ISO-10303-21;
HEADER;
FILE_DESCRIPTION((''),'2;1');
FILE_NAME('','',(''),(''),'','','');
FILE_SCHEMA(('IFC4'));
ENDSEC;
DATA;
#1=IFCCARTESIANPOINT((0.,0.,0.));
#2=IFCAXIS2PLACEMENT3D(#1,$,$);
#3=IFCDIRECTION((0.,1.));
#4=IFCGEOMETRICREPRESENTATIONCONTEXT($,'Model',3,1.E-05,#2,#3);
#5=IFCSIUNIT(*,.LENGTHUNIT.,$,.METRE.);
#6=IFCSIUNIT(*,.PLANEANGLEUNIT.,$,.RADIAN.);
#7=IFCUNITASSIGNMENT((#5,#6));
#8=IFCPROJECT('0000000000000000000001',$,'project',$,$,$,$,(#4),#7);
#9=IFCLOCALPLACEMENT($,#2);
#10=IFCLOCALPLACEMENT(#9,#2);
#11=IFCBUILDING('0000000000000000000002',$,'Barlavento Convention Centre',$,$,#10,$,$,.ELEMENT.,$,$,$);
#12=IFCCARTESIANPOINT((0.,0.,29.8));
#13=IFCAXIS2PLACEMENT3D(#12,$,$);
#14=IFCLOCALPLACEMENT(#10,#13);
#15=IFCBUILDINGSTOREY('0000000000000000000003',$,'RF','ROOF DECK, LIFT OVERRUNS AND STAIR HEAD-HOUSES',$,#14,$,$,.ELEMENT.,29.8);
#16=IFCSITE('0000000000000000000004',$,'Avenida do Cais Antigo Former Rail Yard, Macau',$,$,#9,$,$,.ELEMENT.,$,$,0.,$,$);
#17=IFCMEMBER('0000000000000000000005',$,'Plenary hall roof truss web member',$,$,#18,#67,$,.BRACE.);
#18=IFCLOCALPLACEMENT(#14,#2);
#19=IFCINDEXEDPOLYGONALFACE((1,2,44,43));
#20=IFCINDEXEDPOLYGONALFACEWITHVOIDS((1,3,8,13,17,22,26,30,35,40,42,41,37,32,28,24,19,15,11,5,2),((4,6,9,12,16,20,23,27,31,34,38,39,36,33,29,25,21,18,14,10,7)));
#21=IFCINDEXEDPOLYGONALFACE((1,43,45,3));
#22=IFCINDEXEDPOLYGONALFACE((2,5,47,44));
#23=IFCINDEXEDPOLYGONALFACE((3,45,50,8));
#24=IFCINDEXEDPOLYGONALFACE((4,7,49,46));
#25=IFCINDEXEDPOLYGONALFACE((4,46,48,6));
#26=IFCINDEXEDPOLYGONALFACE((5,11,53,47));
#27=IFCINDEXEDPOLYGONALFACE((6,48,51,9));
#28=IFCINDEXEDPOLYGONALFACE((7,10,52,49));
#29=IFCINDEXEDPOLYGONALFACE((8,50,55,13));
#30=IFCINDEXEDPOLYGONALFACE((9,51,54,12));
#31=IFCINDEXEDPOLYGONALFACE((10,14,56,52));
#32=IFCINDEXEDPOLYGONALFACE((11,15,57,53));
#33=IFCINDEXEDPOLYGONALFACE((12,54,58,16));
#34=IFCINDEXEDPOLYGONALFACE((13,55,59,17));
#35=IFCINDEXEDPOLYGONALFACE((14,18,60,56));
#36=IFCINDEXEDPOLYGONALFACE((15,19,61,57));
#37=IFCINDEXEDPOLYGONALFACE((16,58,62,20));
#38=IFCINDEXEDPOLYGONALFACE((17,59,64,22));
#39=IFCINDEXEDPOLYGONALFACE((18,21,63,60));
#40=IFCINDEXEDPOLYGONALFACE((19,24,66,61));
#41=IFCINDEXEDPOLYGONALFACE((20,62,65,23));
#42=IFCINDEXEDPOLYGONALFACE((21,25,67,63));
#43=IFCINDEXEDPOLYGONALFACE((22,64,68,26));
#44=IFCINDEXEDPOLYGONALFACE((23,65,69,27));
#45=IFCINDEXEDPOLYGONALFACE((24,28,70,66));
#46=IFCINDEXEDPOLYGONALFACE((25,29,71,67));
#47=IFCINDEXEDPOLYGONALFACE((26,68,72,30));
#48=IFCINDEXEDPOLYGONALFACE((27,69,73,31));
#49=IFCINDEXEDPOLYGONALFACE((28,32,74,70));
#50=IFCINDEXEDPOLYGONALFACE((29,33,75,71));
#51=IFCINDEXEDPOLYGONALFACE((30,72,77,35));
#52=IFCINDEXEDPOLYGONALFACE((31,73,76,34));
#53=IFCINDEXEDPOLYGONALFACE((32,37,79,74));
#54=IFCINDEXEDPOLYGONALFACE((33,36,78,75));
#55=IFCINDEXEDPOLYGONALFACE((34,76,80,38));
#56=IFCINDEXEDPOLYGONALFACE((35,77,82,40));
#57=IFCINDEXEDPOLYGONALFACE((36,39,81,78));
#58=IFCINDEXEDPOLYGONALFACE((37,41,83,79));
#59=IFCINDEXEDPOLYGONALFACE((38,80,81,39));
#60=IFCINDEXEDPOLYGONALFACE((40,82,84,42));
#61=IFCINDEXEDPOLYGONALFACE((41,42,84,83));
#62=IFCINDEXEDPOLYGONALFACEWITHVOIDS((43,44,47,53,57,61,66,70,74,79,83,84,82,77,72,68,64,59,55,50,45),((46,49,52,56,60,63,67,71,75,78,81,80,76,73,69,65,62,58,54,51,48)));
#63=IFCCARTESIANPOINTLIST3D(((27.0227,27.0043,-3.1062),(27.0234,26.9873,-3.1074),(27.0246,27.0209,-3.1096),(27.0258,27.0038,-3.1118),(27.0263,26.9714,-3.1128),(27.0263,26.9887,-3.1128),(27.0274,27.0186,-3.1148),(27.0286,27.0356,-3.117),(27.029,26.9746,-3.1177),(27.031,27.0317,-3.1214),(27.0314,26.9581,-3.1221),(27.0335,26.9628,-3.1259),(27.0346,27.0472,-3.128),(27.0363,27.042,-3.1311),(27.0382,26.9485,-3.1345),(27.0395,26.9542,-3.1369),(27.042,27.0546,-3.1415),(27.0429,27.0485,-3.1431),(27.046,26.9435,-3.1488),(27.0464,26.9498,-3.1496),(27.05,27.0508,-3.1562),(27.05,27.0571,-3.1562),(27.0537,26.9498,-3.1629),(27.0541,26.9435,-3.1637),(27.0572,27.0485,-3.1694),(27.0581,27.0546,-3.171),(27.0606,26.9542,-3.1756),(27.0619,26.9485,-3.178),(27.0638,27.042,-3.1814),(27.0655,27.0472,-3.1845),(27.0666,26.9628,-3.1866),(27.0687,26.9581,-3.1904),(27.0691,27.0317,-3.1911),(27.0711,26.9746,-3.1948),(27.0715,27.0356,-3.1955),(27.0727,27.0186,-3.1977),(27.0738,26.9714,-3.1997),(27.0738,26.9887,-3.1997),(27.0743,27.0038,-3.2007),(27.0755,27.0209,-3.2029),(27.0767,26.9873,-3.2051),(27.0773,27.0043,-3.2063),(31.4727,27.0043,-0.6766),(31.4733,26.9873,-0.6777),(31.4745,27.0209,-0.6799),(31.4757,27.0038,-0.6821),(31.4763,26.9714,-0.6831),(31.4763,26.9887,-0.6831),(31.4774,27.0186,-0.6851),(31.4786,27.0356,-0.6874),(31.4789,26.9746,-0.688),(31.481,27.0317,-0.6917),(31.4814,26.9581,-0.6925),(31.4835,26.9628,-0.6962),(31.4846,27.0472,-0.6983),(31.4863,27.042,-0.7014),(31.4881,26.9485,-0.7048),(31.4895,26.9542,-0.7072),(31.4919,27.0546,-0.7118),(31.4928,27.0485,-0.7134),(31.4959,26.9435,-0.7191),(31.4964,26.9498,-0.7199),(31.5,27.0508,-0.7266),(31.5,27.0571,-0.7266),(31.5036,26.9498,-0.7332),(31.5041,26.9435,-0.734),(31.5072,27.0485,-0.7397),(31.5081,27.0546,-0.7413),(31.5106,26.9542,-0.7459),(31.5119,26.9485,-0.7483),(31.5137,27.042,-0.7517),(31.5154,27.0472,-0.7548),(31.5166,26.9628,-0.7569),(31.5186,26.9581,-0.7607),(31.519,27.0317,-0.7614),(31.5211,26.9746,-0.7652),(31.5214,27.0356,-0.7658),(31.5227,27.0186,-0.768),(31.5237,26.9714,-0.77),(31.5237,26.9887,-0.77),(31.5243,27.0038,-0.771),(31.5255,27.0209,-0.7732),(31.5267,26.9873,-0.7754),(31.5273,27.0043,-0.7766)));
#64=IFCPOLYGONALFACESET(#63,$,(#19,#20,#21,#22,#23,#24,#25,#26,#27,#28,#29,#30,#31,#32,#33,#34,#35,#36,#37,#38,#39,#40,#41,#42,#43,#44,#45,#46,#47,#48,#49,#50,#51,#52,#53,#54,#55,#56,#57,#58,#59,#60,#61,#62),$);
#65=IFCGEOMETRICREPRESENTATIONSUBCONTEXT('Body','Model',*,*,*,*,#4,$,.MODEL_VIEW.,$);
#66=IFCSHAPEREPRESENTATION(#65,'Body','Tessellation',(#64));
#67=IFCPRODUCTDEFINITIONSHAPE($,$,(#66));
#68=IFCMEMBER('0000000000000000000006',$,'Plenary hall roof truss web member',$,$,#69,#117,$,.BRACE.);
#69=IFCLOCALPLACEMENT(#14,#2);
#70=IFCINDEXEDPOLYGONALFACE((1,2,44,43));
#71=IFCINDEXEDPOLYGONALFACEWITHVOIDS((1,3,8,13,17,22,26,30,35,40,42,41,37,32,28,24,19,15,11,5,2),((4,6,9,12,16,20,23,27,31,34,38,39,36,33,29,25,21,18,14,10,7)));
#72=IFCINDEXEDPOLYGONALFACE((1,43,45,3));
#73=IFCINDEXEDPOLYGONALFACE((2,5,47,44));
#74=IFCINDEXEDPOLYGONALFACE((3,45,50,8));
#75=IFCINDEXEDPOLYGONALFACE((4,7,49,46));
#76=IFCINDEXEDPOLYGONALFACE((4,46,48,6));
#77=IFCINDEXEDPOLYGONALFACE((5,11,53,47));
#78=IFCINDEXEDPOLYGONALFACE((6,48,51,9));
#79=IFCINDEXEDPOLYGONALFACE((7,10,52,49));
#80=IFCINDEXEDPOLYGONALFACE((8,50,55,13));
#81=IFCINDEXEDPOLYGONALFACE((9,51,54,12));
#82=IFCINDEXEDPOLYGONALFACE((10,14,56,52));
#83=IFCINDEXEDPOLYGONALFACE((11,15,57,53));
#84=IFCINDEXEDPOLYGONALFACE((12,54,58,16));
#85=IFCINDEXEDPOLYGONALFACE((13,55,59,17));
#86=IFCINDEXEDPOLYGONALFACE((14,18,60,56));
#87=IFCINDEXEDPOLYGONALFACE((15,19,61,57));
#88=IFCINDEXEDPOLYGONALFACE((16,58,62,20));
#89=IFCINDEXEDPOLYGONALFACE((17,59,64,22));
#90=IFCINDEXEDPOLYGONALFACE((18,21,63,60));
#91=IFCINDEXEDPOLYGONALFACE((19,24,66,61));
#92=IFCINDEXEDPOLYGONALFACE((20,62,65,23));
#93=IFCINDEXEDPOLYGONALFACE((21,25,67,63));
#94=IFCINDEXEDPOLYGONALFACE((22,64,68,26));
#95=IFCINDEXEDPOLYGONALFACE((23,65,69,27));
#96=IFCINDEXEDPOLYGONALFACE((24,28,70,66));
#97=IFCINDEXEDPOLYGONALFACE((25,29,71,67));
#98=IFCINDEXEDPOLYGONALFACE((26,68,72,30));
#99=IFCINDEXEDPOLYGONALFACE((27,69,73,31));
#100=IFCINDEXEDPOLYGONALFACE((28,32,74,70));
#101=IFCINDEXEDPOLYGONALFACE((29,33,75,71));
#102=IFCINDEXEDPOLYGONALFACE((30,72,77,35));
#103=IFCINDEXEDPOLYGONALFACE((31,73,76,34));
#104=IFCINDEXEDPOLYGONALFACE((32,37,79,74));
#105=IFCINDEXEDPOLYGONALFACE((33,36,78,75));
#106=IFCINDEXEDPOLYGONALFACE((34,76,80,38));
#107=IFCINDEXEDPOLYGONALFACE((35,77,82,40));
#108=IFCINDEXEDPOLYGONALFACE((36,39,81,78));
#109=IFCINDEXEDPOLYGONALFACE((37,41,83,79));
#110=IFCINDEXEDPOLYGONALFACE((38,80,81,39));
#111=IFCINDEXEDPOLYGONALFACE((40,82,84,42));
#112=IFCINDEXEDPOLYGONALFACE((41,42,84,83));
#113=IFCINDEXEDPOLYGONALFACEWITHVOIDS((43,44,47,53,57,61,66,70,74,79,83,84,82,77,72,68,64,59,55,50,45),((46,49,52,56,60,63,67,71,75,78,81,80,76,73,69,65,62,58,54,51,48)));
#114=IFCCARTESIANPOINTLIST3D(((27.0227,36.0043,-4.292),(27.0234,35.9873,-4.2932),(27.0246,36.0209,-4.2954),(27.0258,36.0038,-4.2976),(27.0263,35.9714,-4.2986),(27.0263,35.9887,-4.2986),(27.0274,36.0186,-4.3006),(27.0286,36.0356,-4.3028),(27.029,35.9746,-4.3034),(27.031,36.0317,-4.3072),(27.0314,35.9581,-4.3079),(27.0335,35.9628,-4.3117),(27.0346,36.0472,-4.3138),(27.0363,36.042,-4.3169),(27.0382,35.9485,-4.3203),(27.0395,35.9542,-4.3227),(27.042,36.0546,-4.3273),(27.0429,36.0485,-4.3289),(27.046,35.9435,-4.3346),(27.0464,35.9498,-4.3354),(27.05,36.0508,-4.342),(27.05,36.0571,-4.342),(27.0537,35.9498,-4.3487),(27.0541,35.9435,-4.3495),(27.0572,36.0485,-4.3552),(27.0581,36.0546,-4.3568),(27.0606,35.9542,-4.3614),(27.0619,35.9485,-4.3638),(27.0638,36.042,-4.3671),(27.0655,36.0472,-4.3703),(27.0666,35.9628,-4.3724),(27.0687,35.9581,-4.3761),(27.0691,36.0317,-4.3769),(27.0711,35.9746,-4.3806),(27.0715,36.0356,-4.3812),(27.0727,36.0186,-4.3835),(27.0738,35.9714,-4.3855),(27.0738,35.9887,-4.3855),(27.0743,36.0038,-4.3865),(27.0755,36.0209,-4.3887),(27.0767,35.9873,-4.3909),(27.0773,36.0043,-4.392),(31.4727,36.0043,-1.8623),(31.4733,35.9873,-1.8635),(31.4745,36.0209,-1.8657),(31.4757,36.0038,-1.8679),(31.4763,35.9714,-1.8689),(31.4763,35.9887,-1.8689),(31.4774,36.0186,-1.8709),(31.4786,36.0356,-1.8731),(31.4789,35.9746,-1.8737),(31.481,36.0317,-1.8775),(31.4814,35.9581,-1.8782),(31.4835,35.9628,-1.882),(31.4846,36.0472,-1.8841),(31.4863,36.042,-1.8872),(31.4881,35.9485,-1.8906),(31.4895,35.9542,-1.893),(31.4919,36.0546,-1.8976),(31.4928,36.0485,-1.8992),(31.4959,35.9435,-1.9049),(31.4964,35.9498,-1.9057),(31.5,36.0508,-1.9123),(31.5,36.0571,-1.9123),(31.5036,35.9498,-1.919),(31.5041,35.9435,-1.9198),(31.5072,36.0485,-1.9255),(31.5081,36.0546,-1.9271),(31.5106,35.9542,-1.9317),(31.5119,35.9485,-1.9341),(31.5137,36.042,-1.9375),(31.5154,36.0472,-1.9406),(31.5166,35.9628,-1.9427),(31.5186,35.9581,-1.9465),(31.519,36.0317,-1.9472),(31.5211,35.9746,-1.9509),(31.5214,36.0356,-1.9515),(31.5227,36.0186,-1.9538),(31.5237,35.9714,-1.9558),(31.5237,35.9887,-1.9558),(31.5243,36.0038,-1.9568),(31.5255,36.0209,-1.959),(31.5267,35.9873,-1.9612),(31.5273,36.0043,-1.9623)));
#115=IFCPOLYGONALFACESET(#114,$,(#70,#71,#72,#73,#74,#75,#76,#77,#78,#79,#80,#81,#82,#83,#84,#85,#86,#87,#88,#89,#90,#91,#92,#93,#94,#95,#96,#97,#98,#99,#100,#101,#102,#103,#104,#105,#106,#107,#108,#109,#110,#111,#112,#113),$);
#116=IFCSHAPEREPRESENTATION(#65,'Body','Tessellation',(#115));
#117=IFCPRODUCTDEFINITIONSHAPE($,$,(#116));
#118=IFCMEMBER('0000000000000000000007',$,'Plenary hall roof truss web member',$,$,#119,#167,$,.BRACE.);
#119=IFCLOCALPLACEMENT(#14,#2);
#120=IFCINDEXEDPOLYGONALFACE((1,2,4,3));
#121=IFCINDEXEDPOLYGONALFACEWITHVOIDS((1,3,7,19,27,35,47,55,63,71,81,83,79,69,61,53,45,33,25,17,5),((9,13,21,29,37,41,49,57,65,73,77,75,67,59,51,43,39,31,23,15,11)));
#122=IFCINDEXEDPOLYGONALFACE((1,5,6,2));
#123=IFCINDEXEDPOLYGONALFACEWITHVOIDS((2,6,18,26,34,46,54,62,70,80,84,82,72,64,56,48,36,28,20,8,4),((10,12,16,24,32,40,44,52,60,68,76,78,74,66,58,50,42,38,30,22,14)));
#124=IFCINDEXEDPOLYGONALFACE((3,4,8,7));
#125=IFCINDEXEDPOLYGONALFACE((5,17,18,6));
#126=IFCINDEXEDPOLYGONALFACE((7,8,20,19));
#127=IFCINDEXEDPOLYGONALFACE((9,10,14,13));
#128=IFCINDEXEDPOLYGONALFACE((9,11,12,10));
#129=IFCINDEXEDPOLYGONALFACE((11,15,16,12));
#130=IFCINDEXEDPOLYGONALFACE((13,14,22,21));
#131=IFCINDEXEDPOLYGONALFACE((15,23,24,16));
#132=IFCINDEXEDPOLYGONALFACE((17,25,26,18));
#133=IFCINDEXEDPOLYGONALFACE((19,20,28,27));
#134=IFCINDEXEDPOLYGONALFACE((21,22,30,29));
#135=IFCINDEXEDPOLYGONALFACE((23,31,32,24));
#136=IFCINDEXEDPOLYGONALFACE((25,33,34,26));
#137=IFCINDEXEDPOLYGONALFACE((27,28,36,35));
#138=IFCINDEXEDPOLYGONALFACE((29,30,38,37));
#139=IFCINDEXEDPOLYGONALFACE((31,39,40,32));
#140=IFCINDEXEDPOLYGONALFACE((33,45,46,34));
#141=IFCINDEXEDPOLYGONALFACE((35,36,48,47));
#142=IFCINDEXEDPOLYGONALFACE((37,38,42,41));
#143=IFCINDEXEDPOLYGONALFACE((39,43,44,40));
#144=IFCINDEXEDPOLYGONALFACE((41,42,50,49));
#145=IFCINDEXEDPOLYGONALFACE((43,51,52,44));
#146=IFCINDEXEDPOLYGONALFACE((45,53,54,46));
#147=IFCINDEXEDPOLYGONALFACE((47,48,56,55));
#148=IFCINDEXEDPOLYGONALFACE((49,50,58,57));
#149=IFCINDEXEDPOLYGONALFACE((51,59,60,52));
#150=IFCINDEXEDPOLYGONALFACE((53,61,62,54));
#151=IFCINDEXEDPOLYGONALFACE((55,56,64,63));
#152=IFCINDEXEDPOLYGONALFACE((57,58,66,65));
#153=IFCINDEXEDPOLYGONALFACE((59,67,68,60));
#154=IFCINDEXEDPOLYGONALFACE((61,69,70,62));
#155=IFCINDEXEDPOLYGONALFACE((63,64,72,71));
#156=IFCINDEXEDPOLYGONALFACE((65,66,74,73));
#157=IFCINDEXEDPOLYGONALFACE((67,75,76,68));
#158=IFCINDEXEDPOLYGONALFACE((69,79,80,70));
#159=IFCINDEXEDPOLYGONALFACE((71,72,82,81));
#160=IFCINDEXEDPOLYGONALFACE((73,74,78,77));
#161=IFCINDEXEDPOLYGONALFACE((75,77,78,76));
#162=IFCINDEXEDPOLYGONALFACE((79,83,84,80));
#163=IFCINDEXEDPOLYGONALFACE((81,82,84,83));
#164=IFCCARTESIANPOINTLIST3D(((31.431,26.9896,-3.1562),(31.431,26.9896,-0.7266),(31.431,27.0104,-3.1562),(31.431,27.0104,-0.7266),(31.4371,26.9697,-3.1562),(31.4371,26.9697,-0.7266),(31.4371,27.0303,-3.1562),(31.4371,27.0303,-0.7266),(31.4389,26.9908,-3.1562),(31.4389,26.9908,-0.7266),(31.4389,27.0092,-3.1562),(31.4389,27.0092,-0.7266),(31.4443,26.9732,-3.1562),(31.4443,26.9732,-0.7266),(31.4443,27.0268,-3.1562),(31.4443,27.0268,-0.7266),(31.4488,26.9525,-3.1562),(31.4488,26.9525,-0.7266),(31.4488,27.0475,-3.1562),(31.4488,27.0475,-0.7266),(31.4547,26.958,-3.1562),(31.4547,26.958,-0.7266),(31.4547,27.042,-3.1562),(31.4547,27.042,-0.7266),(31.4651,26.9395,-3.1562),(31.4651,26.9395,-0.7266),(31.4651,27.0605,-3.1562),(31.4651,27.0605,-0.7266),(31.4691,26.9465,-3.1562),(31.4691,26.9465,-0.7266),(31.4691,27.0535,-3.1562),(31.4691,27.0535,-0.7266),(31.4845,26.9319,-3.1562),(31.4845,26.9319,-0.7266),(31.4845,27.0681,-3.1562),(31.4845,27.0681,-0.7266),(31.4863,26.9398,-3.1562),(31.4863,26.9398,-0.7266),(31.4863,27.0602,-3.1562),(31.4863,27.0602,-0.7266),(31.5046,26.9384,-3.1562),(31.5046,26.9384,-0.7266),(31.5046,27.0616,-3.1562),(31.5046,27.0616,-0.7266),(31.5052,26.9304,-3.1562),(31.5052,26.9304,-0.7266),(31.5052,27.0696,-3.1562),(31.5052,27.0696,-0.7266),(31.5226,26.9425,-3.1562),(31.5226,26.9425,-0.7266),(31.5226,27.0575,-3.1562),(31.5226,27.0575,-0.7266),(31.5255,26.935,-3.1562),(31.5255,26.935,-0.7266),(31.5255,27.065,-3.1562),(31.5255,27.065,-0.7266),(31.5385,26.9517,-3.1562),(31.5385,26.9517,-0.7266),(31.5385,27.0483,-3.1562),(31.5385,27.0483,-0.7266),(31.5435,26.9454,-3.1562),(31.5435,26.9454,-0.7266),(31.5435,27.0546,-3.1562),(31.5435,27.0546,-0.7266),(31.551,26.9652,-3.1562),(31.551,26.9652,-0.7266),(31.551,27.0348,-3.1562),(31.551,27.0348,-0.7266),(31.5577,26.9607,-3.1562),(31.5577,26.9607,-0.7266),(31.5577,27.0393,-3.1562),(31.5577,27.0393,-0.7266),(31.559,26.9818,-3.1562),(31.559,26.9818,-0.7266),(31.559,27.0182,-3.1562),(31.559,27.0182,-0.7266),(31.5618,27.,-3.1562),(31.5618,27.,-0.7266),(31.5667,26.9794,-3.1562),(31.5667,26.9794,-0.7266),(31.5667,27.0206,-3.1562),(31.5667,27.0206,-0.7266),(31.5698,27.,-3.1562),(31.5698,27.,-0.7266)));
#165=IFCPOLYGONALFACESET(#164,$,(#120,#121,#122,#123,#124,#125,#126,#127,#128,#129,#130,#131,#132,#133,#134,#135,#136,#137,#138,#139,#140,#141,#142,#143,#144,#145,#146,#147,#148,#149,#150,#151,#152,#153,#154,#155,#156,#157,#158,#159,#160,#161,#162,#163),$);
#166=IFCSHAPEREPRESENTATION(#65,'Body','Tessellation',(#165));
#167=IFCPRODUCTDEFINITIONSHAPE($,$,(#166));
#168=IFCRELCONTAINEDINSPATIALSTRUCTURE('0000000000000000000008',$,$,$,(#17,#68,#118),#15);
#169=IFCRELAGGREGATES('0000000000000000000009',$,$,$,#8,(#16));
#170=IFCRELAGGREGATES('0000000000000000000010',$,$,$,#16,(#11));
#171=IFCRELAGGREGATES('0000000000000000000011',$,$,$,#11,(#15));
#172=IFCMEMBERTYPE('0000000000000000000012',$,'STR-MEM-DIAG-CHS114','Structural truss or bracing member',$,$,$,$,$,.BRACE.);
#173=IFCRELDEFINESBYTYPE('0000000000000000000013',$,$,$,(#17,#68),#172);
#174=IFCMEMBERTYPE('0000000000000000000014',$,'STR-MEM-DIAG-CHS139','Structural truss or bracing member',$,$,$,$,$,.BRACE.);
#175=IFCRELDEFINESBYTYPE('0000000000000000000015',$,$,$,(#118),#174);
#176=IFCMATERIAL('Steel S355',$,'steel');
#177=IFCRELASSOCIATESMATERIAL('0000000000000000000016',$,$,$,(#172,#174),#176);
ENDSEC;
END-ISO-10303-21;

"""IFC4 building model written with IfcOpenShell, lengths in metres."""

from ifc_helpers import new_model, si_unit, direction, frame, origin, origin_2d, place, context, subcontext, project, spatial, hollow_circle, extrude, material, material_profile, profile_set, type_object, element, save


model = new_model("IFC4")

# Units and contexts
model_context = context("Model", 3, precision=1e-05, world=origin(), true_north=direction((0.0, 1.0)))
body_context = subcontext(model_context, "Body", "Model", "MODEL_VIEW")
ifc_project = project(units=[si_unit("LENGTHUNIT", "METRE"), si_unit("PLANEANGLEUNIT", "RADIAN")], contexts=[model_context])

# Site, building, storey
site_placement = place(None, origin())
site = spatial("IfcSite", under=ifc_project, at=site_placement, Name="Avenida do Cais Antigo Former Rail Yard, Macau", CompositionType="ELEMENT", RefElevation=0.0)
building_placement = place(site_placement, origin())
building = spatial("IfcBuilding", under=site, at=building_placement, Name="Barlavento Convention Centre", CompositionType="ELEMENT")
storey_placement = place(building_placement, frame((0.0, 0.0, 29.8)))
storey = spatial("IfcBuildingStorey", under=building, at=storey_placement, Name="RF", Description="ROOF DECK, LIFT OVERRUNS AND STAIR HEAD-HOUSES", CompositionType="ELEMENT", Elevation=29.8)

# Members
ifc_material_1 = material(Name="Steel S355", Category="steel")
ifc_material_profile_1 = material_profile(ifc_material_1, hollow_circle(Radius=0.0571, WallThickness=0.0063, at=origin_2d()), Name="CHS 114.3x6.3")
ifc_profile_set_1 = profile_set([ifc_material_profile_1], Name="Steel S355")
member_type_1 = type_object("IfcMemberType", Name="STR-MEM-DIAG-CHS114", Description="Structural truss or bracing member", PredefinedType="BRACE", material=ifc_profile_set_1)
for number, where, z_axis, x_axis, name in (
    (1, (27.05, 27.0, -3.1562), (0.877693, 0.0, 0.479223), (0.0, 1.0, 0.0), "Plenary hall roof truss web member"),
    (2, (27.05, 36.0, -4.342), (0.877693, 0.0, 0.479223), (0.0, 1.0, 0.0), "Plenary hall roof truss web member"),
):
    element("IfcMember", number, at=place(storey_placement, frame(where, z_axis=z_axis, x_axis=x_axis)), inside=storey, type_object=member_type_1, Name=name, PredefinedType="BRACE", context=body_context, shape_type="SweptSolid", body=[
        extrude(hollow_circle(Radius=0.0571, WallThickness=0.0063, at=origin_2d()), origin(), (0.0, 0.0, 1.0), 5.0701),
    ])
ifc_material_profile_2 = material_profile(ifc_material_1, hollow_circle(Radius=0.0698, WallThickness=0.0081, at=origin_2d()), Name="CHS 139.7x8.0")
ifc_profile_set_2 = profile_set([ifc_material_profile_2], Name="Steel S355")
member_type_2 = type_object("IfcMemberType", Name="STR-MEM-DIAG-CHS139", Description="Structural truss or bracing member", PredefinedType="BRACE", material=ifc_profile_set_2)
member_1_placement = place(storey_placement, frame((31.5, 27.0, -3.1562), z_axis=(0.0, 0.0, 1.0), x_axis=(1.0, 0.0, 0.0)))
element("IfcMember", 3, at=member_1_placement, inside=storey, type_object=member_type_2, Name="Plenary hall roof truss web member", PredefinedType="BRACE", context=body_context, shape_type="SweptSolid", body=[
    extrude(hollow_circle(Radius=0.0698, WallThickness=0.0081, at=origin_2d()), origin(), (0.0, 0.0, 1.0), 2.4297),
])

save(model, "model.ifc")
